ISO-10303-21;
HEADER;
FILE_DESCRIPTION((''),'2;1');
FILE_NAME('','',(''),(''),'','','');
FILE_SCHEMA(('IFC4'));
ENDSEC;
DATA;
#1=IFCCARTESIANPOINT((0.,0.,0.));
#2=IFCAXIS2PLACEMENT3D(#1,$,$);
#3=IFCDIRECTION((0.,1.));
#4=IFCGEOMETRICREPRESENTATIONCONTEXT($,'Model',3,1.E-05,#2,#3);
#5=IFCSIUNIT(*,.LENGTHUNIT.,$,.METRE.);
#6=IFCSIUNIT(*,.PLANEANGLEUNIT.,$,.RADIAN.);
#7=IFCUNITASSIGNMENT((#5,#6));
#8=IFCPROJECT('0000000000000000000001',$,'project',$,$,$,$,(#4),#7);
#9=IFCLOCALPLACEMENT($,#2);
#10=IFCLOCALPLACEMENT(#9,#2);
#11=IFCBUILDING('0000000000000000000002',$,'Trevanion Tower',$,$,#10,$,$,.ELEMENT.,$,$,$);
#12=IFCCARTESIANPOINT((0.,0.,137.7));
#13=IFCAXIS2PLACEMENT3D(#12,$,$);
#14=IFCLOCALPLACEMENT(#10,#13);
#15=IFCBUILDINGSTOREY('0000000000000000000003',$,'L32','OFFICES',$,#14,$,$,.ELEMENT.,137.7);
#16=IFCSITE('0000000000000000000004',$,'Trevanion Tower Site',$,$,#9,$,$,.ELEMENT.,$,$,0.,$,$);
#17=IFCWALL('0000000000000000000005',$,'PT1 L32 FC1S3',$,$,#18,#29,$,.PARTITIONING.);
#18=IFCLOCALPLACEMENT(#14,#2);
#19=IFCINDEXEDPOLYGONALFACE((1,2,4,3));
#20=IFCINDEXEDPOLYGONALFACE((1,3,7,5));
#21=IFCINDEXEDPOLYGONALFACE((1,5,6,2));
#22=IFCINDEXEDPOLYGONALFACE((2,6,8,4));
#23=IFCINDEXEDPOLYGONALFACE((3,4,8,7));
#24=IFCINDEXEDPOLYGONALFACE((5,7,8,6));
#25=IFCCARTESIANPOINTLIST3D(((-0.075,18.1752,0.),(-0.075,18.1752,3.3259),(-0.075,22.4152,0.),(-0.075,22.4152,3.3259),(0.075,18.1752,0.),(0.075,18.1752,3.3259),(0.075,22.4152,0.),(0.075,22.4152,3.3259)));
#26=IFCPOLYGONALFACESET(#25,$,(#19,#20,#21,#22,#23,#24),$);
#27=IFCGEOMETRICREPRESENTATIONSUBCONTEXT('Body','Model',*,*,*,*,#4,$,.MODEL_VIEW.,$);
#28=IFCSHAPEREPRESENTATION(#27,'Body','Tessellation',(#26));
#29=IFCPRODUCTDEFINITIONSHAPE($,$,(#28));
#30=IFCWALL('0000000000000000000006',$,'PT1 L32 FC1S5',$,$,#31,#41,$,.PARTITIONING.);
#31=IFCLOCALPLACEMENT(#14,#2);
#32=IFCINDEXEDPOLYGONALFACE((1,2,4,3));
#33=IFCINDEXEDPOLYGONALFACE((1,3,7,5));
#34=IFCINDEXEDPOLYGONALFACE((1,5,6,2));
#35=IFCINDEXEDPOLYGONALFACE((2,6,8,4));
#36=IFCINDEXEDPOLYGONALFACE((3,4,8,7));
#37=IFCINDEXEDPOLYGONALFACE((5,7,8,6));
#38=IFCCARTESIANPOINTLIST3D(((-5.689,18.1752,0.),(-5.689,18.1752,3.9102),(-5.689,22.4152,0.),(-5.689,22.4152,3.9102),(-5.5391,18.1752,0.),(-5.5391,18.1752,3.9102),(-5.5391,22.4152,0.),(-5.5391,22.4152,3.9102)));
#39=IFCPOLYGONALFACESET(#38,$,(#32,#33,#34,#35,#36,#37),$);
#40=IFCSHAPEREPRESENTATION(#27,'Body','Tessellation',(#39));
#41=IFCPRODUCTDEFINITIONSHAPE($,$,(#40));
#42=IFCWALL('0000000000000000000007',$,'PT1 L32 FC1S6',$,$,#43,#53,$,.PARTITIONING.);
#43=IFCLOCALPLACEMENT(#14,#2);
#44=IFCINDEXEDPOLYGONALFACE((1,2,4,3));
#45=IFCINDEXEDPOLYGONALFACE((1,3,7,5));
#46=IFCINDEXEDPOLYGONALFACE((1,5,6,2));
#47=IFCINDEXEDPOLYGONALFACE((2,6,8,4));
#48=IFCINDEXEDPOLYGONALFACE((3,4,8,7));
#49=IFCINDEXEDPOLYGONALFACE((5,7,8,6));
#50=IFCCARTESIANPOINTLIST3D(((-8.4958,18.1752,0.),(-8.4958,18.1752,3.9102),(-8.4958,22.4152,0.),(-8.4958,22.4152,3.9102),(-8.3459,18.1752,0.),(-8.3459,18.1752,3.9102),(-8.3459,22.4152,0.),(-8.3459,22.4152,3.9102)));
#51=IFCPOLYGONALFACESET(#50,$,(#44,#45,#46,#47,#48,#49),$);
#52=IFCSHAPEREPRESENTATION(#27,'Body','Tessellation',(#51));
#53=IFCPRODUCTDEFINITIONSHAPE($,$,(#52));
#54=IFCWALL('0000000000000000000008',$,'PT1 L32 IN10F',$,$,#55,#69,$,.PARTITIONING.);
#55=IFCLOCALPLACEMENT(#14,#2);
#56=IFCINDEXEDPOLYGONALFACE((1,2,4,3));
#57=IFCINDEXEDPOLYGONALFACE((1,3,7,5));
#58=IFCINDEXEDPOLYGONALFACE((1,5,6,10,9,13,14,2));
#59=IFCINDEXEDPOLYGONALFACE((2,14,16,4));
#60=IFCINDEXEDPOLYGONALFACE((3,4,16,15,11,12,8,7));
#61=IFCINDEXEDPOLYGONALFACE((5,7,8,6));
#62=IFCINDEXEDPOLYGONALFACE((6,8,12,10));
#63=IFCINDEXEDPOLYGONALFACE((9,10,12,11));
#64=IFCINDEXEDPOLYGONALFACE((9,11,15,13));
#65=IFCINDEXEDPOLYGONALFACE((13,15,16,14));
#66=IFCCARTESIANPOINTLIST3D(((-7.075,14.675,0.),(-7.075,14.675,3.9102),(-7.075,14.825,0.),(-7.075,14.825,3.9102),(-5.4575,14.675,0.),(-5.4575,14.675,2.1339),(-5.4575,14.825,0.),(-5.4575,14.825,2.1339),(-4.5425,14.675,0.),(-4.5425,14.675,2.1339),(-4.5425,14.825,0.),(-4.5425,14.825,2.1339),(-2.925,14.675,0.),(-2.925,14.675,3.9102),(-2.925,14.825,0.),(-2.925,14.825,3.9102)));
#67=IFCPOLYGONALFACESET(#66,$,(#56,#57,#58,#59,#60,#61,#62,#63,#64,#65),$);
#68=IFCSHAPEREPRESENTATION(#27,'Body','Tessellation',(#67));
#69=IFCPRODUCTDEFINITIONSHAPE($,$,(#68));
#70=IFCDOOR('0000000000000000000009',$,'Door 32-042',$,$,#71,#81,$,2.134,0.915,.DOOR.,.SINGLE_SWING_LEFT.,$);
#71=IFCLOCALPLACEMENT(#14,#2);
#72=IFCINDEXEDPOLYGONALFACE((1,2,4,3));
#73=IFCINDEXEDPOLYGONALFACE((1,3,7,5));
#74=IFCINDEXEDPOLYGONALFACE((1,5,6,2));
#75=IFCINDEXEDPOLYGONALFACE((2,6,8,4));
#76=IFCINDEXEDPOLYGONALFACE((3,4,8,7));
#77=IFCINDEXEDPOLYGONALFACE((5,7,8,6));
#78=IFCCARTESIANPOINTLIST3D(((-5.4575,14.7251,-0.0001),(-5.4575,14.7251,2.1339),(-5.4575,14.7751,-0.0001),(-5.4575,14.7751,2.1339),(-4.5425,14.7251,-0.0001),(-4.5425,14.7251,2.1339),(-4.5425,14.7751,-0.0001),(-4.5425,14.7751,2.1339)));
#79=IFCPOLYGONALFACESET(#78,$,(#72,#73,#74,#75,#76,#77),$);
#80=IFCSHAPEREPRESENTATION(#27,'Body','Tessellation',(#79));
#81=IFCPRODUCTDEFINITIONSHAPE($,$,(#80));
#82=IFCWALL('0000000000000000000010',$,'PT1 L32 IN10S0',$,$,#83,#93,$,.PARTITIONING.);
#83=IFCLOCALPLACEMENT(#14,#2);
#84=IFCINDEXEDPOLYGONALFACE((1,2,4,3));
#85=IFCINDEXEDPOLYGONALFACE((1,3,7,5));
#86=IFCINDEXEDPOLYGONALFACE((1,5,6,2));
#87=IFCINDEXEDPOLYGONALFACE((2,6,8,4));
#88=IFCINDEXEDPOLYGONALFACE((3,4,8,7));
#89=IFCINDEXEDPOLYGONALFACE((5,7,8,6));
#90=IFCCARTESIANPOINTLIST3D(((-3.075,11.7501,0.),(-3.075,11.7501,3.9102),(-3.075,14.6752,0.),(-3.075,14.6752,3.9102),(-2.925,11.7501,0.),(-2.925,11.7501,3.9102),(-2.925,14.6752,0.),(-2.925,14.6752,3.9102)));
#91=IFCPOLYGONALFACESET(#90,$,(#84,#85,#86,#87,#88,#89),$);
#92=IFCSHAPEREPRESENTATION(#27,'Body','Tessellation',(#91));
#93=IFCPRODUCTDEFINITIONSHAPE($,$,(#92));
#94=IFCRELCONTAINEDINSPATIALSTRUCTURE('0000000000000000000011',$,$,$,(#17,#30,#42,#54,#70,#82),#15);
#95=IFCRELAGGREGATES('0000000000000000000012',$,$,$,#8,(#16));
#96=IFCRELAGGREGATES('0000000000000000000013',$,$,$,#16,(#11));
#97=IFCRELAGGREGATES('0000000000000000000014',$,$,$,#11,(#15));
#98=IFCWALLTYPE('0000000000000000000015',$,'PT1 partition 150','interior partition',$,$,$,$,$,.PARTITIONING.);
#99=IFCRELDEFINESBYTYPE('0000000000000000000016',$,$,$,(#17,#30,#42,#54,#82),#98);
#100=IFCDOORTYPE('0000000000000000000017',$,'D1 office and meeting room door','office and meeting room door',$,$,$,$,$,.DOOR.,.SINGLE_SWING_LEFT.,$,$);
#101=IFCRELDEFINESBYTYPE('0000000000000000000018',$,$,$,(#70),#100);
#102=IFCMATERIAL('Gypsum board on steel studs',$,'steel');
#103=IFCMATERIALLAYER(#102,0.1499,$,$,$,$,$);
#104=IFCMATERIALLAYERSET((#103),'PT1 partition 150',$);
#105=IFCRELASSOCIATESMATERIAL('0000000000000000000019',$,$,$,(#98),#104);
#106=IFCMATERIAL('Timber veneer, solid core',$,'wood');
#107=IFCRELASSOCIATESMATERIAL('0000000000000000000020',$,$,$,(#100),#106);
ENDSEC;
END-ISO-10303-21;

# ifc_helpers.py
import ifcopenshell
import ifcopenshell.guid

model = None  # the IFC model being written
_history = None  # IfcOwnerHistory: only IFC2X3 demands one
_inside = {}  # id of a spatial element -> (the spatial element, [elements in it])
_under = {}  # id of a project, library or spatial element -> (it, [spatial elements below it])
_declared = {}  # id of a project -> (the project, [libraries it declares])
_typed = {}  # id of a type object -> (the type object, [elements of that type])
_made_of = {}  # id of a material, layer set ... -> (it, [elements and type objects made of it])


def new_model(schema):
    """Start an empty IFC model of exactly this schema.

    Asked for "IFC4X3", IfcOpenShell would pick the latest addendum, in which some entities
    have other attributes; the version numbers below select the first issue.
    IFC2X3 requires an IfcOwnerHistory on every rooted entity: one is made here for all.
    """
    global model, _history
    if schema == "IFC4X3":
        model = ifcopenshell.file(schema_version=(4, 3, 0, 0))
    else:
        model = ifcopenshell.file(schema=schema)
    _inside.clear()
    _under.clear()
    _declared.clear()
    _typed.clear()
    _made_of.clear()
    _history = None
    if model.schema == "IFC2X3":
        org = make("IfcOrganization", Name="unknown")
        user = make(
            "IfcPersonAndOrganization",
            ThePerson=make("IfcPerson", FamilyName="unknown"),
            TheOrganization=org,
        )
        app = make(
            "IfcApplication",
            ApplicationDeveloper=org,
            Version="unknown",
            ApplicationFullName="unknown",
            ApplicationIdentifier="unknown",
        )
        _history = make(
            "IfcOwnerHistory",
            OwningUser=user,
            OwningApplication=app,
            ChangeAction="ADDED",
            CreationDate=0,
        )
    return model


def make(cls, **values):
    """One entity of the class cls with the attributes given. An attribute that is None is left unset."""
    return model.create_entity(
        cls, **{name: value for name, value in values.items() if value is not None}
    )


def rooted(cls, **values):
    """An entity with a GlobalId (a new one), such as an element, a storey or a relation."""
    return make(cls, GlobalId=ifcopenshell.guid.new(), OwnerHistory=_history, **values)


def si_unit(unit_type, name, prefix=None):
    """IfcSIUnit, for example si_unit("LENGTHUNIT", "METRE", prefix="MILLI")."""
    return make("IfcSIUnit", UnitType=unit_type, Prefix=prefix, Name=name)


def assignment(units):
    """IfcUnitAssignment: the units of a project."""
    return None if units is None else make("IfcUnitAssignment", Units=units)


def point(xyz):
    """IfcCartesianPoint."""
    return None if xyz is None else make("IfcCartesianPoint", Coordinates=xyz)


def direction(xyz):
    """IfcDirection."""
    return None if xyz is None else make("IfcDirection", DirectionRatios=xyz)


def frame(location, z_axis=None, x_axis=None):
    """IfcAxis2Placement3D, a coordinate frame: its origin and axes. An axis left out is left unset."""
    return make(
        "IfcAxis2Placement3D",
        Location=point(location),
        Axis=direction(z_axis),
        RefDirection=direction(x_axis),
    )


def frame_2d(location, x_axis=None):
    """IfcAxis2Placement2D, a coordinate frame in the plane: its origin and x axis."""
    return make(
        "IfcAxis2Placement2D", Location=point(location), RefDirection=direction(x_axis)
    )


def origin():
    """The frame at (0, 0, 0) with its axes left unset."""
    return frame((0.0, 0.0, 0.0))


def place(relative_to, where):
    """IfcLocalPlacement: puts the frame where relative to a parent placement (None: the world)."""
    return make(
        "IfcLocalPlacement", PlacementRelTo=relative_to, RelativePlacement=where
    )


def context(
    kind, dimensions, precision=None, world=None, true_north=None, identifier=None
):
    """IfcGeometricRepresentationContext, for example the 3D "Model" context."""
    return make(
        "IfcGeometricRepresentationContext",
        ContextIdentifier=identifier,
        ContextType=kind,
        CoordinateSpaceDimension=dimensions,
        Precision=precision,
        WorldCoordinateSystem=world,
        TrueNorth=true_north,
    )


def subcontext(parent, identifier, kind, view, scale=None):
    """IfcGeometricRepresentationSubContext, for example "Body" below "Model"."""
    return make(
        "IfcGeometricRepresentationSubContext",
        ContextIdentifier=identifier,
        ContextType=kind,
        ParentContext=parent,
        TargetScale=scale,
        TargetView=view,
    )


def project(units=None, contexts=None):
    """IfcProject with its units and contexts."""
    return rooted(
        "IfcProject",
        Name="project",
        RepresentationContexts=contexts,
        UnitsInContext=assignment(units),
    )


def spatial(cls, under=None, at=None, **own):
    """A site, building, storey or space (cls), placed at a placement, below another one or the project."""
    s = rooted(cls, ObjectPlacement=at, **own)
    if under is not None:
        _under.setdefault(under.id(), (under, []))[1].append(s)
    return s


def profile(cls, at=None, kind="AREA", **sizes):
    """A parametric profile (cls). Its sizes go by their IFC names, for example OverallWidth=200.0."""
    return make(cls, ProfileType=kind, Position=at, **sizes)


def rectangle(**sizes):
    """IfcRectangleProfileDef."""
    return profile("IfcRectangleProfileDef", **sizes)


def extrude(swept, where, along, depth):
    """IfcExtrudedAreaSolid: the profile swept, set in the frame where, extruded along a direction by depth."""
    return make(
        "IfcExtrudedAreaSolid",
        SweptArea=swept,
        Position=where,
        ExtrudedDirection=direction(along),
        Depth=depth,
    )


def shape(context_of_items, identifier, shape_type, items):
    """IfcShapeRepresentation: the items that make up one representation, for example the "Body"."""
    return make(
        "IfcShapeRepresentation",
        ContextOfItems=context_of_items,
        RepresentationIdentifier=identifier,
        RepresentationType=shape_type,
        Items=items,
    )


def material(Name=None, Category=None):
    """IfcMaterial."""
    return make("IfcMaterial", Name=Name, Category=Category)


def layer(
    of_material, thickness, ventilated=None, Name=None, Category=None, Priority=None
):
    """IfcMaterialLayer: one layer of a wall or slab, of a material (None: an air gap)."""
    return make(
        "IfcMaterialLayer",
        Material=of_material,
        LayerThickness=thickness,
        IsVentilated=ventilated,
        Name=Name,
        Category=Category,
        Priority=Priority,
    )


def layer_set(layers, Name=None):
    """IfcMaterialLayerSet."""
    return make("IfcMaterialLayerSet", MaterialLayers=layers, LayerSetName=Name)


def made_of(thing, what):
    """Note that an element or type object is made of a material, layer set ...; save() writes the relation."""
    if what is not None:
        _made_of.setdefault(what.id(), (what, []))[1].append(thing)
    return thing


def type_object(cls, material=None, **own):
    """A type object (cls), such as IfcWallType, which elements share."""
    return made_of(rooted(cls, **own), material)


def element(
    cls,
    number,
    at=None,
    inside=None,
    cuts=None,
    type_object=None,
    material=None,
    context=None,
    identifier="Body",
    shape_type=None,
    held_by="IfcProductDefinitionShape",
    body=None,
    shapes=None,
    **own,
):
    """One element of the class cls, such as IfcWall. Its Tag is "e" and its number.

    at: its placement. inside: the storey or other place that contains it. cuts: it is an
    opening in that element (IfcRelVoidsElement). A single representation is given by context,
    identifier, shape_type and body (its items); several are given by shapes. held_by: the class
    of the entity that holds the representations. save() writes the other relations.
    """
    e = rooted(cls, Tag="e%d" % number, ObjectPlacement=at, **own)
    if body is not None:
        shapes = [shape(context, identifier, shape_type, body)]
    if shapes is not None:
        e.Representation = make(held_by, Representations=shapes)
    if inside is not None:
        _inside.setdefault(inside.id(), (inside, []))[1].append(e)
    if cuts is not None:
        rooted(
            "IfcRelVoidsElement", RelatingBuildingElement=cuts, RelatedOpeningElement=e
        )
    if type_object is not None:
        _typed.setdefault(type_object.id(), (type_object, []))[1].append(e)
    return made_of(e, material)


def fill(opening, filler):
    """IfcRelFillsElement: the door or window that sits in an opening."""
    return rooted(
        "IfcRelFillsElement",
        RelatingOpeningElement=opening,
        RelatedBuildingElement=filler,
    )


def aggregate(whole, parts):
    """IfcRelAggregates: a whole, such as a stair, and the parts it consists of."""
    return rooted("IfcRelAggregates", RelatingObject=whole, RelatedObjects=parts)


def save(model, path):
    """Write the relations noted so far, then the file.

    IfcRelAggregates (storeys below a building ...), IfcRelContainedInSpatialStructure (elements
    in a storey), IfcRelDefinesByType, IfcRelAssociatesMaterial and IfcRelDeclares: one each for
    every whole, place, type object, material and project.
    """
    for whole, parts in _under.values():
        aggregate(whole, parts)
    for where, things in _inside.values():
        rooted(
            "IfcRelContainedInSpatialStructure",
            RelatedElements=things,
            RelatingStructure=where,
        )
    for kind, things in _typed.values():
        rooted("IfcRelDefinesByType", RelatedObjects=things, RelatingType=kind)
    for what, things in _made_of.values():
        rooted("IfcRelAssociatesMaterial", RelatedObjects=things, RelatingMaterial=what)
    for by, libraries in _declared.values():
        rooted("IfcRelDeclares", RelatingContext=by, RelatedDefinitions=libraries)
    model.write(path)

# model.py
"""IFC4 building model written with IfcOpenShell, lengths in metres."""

from ifc_helpers import new_model, si_unit, direction, frame, frame_2d, origin, place, context, subcontext, project, spatial, rectangle, extrude, material, layer, layer_set, type_object, element, fill, save


model = new_model("IFC4")

# Units and contexts
model_context = context("Model", 3, precision=1e-05, world=origin(), true_north=direction((0.0, 1.0)))
body_context = subcontext(model_context, "Body", "Model", "MODEL_VIEW")
ifc_project = project(units=[si_unit("LENGTHUNIT", "METRE"), si_unit("PLANEANGLEUNIT", "RADIAN")], contexts=[model_context])

# Site, building, storey
site_placement = place(None, origin())
site = spatial("IfcSite", under=ifc_project, at=site_placement, Name="Trevanion Tower Site", CompositionType="ELEMENT", RefElevation=0.0)
building_placement = place(site_placement, origin())
building = spatial("IfcBuilding", under=site, at=building_placement, Name="Trevanion Tower", CompositionType="ELEMENT")
storey_placement = place(building_placement, frame((0.0, 0.0, 137.7)))
storey = spatial("IfcBuildingStorey", under=building, at=storey_placement, Name="L32", Description="OFFICES", CompositionType="ELEMENT", Elevation=137.7)

# Walls
ifc_material_1 = material(Name="Gypsum board on steel studs", Category="steel")
ifc_layer_1 = layer(ifc_material_1, 0.1499)
ifc_layer_set_1 = layer_set([ifc_layer_1], Name="PT1 partition 150")
wall_type = type_object("IfcWallType", Name="PT1 partition 150", Description="interior partition", PredefinedType="PARTITIONING", material=ifc_layer_set_1)
wall_1_placement = place(storey_placement, frame((0.0, 18.175, 0.0), z_axis=(0.0, 0.0, 1.0), x_axis=(0.0, 1.0, 0.0)))
element("IfcWall", 1, at=wall_1_placement, inside=storey, type_object=wall_type, Name="PT1 L32 FC1S3", PredefinedType="PARTITIONING", context=body_context, shape_type="SweptSolid", body=[
    extrude(rectangle(XDim=4.24, YDim=0.1499, at=frame_2d((2.1201, 0.0))), origin(), (0.0, 0.0, 1.0), 3.3259),
])
for number, where, z_axis, x_axis, name in (
    (2, (-5.614, 18.175, 0.0), (0.0, 0.0, 1.0), (0.0, 1.0, 0.0), "PT1 L32 FC1S5"),
    (3, (-8.4209, 18.175, 0.0), (0.0, 0.0, 1.0), (0.0, 1.0, 0.0), "PT1 L32 FC1S6"),
):
    element("IfcWall", number, at=place(storey_placement, frame(where, z_axis=z_axis, x_axis=x_axis)), inside=storey, type_object=wall_type, Name=name, PredefinedType="PARTITIONING", context=body_context, shape_type="SweptSolid", body=[
        extrude(rectangle(XDim=4.24, YDim=0.1499, at=frame_2d((2.1201, 0.0))), origin(), (0.0, 0.0, 1.0), 3.9102),
    ])

# Wall, opening, door
wall_2_placement = place(storey_placement, frame((-2.925, 14.75, 0.0), z_axis=(0.0, 0.0, 1.0), x_axis=(-1.0, 0.0, 0.0)))
wall_2 = element("IfcWall", 4, at=wall_2_placement, inside=storey, type_object=wall_type, Name="PT1 L32 IN10F", PredefinedType="PARTITIONING", context=body_context, shape_type="SweptSolid", body=[
    extrude(rectangle(XDim=4.1499, YDim=0.1499, at=frame_2d((2.075, 0.0))), origin(), (0.0, 0.0, 1.0), 3.9102),
])
opening_placement = place(wall_2_placement, frame((1.6174, 0.0, 0.0)))
opening = element("IfcOpeningElement", 5, at=opening_placement, cuts=wall_2, PredefinedType="OPENING", context=body_context, shape_type="SweptSolid", body=[
    extrude(rectangle(XDim=0.915, YDim=2.134, at=frame_2d((0.4575, 1.0669))), frame((0.0, 0.085, 0.0), z_axis=(0.0, -1.0, 0.0), x_axis=(1.0, 0.0, 0.0)), (0.0, 0.0, 1.0), 0.1699),
])
ifc_material_2 = material(Name="Timber veneer, solid core", Category="wood")
door_type = type_object("IfcDoorType", Name="D1 office and meeting room door", Description="office and meeting room door", OperationType="SINGLE_SWING_LEFT", PredefinedType="DOOR", material=ifc_material_2)
door_placement = place(opening_placement, origin())
door = element("IfcDoor", 6, at=door_placement, inside=storey, type_object=door_type, Name="Door 32-042", OperationType="SINGLE_SWING_LEFT", OverallHeight=2.134, OverallWidth=0.915, PredefinedType="DOOR", context=body_context, shape_type="SweptSolid", body=[
    extrude(rectangle(XDim=0.915, YDim=2.134, at=frame_2d((0.4575, 1.0669))), frame((0.0, 0.0249, 0.0), z_axis=(0.0, -1.0, 0.0), x_axis=(1.0, 0.0, 0.0)), (0.0, 0.0, 1.0), 0.05),
])
fill(opening, door)

# Wall
wall_3_placement = place(storey_placement, frame((-3.0, 14.675, 0.0), z_axis=(0.0, 0.0, 1.0), x_axis=(0.0, -1.0, 0.0)))
element("IfcWall", 7, at=wall_3_placement, inside=storey, type_object=wall_type, Name="PT1 L32 IN10S0", PredefinedType="PARTITIONING", context=body_context, shape_type="SweptSolid", body=[
    extrude(rectangle(XDim=2.925, YDim=0.1499, at=frame_2d((1.4624, 0.0))), origin(), (0.0, 0.0, 1.0), 3.9102),
])

save(model, "model.ifc")
